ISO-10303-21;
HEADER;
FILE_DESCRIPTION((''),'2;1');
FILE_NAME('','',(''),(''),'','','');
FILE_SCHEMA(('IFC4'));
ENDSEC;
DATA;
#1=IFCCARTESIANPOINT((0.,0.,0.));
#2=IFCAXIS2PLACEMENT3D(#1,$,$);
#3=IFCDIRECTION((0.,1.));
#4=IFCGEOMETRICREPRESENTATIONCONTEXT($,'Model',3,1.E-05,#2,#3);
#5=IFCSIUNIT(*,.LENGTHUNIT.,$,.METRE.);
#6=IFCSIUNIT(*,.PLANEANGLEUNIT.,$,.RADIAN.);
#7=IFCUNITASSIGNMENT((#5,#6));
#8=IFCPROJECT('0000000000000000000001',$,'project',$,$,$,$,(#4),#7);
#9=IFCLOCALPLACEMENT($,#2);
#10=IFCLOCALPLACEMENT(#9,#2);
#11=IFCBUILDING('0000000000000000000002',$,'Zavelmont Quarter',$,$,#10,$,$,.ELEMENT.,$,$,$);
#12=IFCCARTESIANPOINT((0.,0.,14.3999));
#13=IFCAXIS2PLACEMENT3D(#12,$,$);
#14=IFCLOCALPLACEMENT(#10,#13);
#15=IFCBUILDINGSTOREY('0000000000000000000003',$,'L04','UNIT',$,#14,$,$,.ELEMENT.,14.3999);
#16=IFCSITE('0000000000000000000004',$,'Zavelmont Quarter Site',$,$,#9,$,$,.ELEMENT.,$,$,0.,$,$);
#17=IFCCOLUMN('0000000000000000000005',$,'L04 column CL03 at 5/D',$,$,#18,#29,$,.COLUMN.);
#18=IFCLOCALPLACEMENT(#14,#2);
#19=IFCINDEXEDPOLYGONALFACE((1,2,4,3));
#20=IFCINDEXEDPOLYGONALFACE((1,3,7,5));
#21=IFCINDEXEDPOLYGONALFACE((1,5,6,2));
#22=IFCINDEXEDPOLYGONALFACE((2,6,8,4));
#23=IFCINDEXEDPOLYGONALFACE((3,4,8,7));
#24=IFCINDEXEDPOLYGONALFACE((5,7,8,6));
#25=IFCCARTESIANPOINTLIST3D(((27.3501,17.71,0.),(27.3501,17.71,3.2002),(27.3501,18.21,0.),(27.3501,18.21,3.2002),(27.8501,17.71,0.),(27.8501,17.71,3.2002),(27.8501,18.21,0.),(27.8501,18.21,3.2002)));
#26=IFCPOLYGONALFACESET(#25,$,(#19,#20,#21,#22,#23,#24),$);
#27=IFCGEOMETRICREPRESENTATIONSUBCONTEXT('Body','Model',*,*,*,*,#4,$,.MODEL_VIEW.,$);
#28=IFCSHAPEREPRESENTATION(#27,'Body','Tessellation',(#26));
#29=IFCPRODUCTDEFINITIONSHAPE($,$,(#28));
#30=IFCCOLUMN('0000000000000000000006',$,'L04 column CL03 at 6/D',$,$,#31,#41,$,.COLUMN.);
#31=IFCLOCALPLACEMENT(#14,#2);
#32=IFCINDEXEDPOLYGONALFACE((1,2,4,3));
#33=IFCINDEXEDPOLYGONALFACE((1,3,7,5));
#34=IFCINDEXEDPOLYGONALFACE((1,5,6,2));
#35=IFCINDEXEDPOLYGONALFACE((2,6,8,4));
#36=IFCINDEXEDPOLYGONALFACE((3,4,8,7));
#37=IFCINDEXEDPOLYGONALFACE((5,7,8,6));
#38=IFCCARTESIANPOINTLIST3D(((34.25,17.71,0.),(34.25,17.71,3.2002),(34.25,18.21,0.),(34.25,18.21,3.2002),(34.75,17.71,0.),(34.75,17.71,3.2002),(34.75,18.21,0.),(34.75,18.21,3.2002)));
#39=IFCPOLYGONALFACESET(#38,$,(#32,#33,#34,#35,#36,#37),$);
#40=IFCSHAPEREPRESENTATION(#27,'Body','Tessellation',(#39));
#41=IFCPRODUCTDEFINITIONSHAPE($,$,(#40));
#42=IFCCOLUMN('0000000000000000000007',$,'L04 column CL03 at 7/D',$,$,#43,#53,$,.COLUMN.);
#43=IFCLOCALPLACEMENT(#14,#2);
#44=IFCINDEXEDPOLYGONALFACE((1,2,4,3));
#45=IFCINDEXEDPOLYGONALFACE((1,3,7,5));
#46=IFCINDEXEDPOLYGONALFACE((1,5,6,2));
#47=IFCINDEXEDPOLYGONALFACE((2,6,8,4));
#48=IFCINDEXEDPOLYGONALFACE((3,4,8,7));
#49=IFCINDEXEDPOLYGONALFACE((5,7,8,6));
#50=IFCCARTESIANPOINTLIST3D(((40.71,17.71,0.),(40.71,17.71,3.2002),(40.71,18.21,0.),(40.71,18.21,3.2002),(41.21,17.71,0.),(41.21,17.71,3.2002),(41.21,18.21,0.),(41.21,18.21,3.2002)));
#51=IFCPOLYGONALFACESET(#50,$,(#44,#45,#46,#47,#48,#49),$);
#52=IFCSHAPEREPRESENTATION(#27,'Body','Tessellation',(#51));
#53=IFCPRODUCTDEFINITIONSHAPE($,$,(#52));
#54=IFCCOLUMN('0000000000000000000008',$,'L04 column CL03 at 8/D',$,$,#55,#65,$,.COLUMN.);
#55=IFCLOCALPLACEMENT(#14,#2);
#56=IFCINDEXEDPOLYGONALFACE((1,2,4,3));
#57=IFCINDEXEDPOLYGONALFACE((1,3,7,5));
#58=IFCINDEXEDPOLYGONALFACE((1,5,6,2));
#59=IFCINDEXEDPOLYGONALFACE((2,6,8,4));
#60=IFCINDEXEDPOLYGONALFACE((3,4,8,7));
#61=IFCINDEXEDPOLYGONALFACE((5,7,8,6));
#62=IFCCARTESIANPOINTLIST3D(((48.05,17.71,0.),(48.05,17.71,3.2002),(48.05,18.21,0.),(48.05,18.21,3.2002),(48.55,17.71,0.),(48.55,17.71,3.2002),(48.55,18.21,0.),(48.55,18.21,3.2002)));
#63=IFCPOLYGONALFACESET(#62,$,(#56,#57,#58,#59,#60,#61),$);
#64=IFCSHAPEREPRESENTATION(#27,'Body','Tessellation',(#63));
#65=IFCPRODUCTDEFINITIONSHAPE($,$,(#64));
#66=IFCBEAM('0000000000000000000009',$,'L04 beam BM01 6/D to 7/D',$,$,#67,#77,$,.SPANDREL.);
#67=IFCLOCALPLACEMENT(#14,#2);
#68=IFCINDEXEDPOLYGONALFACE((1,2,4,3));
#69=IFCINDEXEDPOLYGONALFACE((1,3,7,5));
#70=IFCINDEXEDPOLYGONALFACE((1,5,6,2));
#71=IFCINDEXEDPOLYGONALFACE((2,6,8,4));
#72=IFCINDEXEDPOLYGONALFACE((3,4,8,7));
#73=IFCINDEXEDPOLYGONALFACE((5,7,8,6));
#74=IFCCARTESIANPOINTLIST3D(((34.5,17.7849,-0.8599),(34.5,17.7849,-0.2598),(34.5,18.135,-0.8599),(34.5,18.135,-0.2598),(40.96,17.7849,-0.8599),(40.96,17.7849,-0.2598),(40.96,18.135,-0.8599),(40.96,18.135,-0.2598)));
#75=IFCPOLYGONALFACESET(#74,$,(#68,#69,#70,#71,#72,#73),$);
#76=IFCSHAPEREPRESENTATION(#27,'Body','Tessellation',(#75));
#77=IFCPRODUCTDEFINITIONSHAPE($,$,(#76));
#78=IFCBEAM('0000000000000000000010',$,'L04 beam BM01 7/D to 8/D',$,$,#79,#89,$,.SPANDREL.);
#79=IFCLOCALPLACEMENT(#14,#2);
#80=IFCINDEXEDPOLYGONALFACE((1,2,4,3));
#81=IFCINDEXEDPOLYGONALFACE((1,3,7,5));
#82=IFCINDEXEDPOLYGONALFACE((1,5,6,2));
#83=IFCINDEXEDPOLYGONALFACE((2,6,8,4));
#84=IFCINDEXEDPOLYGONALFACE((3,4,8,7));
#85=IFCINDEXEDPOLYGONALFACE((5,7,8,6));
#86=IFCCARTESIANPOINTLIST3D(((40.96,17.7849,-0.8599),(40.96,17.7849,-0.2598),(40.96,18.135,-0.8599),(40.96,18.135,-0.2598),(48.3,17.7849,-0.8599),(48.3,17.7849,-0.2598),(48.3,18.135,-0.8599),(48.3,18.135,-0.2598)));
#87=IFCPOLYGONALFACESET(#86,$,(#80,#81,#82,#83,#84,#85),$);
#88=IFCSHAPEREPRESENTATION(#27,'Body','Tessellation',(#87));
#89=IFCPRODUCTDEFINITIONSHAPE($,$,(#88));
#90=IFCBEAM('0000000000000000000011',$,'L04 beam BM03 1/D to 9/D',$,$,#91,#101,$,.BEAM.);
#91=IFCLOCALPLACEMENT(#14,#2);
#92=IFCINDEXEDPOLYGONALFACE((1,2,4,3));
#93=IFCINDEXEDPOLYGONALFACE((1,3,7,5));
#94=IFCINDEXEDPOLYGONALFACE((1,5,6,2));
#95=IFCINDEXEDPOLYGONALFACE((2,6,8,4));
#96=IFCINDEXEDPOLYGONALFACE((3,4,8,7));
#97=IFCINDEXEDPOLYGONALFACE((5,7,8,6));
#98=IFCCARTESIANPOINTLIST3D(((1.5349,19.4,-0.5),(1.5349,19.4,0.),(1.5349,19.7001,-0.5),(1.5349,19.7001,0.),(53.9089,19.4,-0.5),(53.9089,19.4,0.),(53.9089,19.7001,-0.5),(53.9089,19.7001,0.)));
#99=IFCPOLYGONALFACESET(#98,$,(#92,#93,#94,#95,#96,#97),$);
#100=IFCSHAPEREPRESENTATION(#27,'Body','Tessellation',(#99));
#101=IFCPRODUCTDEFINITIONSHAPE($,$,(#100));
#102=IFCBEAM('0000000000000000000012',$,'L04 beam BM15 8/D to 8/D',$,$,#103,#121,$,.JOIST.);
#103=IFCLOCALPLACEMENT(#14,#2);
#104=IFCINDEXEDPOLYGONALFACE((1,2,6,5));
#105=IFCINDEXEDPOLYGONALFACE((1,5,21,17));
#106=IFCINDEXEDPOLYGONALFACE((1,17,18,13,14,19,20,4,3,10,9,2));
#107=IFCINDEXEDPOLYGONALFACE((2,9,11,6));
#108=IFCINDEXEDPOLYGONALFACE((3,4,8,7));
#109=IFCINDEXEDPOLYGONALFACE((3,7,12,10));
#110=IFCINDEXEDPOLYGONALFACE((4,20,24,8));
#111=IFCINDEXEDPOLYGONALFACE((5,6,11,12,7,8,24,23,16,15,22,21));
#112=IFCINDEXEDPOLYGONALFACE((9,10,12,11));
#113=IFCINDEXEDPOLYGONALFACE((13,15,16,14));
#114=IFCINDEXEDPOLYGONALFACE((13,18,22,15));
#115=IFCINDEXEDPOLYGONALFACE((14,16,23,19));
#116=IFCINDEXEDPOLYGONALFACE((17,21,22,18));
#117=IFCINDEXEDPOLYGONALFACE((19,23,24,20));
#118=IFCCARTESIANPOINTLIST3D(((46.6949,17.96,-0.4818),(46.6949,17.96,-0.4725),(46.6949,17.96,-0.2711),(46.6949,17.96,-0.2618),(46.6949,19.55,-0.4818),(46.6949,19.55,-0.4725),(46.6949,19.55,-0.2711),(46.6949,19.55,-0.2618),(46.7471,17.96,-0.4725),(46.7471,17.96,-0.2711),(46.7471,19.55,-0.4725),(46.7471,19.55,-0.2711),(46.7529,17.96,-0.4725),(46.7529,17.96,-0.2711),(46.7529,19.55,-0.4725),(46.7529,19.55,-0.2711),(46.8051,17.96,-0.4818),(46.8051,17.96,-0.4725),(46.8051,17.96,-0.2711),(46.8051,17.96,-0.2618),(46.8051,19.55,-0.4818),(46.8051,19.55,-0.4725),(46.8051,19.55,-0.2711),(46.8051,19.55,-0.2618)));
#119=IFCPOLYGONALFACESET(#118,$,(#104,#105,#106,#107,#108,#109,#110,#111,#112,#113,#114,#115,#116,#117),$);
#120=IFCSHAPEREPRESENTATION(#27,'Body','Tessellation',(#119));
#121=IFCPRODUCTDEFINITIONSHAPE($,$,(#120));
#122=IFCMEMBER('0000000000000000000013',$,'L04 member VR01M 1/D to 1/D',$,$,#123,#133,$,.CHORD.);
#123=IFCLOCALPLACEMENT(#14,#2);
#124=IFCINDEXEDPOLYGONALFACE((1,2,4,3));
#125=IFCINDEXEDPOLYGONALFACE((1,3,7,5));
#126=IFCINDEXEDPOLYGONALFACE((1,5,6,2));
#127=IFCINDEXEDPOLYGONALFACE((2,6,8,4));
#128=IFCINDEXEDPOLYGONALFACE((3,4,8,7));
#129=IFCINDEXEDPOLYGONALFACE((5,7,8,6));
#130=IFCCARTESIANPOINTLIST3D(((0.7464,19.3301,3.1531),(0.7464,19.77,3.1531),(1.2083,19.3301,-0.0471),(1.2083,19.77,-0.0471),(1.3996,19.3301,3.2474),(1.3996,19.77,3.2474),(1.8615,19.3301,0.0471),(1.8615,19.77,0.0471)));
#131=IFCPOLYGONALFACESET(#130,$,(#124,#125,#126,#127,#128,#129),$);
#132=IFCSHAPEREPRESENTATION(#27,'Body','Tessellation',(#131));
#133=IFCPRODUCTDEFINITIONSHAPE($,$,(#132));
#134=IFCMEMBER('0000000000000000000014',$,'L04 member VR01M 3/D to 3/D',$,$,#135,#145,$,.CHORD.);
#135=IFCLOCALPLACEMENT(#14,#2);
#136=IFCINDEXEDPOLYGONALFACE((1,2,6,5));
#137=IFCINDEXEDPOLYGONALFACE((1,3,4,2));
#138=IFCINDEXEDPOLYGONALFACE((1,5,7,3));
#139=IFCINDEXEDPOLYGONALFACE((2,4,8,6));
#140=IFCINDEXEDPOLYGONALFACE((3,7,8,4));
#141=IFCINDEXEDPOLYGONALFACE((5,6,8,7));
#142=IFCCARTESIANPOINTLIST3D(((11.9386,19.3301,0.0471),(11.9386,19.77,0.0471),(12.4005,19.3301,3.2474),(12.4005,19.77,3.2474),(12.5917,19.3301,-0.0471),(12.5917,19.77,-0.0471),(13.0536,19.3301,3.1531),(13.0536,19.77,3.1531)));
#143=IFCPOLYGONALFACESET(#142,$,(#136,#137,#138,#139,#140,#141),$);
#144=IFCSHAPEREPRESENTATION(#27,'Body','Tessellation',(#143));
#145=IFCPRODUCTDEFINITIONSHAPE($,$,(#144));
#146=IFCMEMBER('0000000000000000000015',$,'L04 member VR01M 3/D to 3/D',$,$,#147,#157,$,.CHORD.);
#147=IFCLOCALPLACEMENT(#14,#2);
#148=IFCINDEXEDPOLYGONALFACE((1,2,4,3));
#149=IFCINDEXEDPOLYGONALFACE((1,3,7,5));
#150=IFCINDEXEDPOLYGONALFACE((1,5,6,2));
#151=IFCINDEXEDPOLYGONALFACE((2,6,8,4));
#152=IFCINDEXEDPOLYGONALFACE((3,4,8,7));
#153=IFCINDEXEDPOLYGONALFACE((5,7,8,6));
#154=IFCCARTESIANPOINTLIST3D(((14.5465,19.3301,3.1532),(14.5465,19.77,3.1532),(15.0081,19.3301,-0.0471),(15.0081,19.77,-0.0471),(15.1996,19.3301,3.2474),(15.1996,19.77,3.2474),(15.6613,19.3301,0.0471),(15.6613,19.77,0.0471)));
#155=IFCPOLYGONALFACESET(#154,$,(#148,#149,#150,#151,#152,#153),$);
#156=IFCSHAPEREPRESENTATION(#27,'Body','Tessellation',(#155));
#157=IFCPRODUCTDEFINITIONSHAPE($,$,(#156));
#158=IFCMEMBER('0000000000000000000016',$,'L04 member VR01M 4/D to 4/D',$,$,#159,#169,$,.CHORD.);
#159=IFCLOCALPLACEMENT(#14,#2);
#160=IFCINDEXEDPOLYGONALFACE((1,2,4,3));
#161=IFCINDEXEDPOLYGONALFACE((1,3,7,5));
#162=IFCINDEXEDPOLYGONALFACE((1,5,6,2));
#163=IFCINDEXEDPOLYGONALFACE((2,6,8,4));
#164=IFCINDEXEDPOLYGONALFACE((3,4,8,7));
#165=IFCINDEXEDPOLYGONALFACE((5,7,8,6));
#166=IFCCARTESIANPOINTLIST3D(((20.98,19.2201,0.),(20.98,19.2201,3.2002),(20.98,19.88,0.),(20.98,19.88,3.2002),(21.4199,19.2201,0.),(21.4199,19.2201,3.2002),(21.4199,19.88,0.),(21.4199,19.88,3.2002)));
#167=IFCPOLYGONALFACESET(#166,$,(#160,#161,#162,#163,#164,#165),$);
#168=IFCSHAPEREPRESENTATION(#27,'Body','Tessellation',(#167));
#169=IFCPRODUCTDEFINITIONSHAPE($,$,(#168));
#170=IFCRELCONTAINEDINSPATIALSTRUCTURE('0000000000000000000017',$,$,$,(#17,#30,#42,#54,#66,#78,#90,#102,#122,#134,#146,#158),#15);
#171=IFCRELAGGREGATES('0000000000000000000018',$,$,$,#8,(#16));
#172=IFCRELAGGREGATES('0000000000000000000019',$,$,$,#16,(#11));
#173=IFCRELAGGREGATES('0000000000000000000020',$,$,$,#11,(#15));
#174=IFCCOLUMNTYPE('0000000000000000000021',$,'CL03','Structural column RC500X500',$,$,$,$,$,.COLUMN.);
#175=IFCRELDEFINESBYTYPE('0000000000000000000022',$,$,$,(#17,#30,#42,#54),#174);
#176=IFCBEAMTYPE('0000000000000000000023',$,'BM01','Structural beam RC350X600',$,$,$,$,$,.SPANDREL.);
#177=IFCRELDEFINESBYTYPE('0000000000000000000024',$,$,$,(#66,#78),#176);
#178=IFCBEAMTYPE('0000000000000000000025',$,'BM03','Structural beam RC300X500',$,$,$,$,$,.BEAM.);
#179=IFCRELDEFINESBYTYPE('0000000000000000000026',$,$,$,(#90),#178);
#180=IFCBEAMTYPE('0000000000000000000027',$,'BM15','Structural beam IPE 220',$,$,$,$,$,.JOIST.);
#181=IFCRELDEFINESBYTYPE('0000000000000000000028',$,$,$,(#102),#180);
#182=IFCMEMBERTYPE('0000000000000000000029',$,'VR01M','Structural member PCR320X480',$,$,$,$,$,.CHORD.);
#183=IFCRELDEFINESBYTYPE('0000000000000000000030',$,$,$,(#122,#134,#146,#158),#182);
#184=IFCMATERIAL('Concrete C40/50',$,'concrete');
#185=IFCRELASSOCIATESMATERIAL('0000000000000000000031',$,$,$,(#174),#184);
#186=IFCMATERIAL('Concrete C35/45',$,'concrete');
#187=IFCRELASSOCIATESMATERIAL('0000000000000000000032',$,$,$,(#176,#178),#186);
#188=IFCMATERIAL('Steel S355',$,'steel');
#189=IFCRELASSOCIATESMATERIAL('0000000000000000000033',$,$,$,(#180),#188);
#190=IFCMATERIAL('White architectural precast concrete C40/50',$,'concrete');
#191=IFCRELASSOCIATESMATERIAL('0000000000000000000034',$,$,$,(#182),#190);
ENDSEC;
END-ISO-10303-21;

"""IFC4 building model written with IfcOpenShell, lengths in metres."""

from ifc_helpers import new_model, si_unit, direction, frame, origin, origin_2d, place, context, subcontext, project, spatial, rectangle, i_section, extrude, material, material_profile, profile_set, type_object, element, save


model = new_model("IFC4")

# Units and contexts
model_context = context("Model", 3, precision=1e-05, world=origin(), true_north=direction((0.0, 1.0)))
body_context = subcontext(model_context, "Body", "Model", "MODEL_VIEW")
ifc_project = project(units=[si_unit("LENGTHUNIT", "METRE"), si_unit("PLANEANGLEUNIT", "RADIAN")], contexts=[model_context])

# Site, building, storey
site_placement = place(None, origin())
site = spatial("IfcSite", under=ifc_project, at=site_placement, Name="Zavelmont Quarter Site", CompositionType="ELEMENT", RefElevation=0.0)
building_placement = place(site_placement, origin())
building = spatial("IfcBuilding", under=site, at=building_placement, Name="Zavelmont Quarter", CompositionType="ELEMENT")
storey_placement = place(building_placement, frame((0.0, 0.0, 14.3999)))
storey = spatial("IfcBuildingStorey", under=building, at=storey_placement, Name="L04", Description="UNIT", CompositionType="ELEMENT", Elevation=14.3999)

# Columns
ifc_material_1 = material(Name="Concrete C40/50", Category="concrete")
ifc_material_profile_1 = material_profile(ifc_material_1, rectangle(XDim=0.5, YDim=0.5, at=origin_2d()), Name="RC500X500")
ifc_profile_set_1 = profile_set([ifc_material_profile_1], Name="Concrete C40/50")
column_type = type_object("IfcColumnType", Name="CL03", Description="Structural column RC500X500", PredefinedType="COLUMN", material=ifc_profile_set_1)
for number, where, z_axis, x_axis, name in (
    (1, (27.6001, 17.96, 0.0), (0.0, 0.0, 1.0), (1.0, 0.0, 0.0), "L04 column CL03 at 5/D"),
    (2, (34.5, 17.96, 0.0), (0.0, 0.0, 1.0), (1.0, 0.0, 0.0), "L04 column CL03 at 6/D"),
    (3, (40.96, 17.96, 0.0), (0.0, 0.0, 1.0), (1.0, 0.0, 0.0), "L04 column CL03 at 7/D"),
    (4, (48.3, 17.96, 0.0), (0.0, 0.0, 1.0), (1.0, 0.0, 0.0), "L04 column CL03 at 8/D"),
):
    element("IfcColumn", number, at=place(storey_placement, frame(where, z_axis=z_axis, x_axis=x_axis)), inside=storey, type_object=column_type, Name=name, PredefinedType="COLUMN", context=body_context, shape_type="SweptSolid", body=[
        extrude(rectangle(XDim=0.5, YDim=0.5, at=origin_2d()), origin(), (0.0, 0.0, 1.0), 3.2002),
    ])

# Beams
ifc_material_2 = material(Name="Concrete C35/45", Category="concrete")
ifc_material_profile_2 = material_profile(ifc_material_2, rectangle(XDim=0.3501, YDim=0.6001, at=origin_2d()), Name="RC350X600")
ifc_profile_set_2 = profile_set([ifc_material_profile_2], Name="Concrete C35/45")
beam_type_1 = type_object("IfcBeamType", Name="BM01", Description="Structural beam RC350X600", PredefinedType="SPANDREL", material=ifc_profile_set_2)
beam_1_placement = place(storey_placement, frame((34.5, 17.96, -0.5598), z_axis=(1.0, 0.0, 0.0), x_axis=(0.0, 1.0, 0.0)))
element("IfcBeam", 5, at=beam_1_placement, inside=storey, type_object=beam_type_1, Name="L04 beam BM01 6/D to 7/D", PredefinedType="SPANDREL", context=body_context, shape_type="SweptSolid", body=[
    extrude(rectangle(XDim=0.3501, YDim=0.6001, at=origin_2d()), origin(), (0.0, 0.0, 1.0), 6.46),
])
beam_2_placement = place(storey_placement, frame((40.96, 17.96, -0.5598), z_axis=(1.0, 0.0, 0.0), x_axis=(0.0, 1.0, 0.0)))
element("IfcBeam", 6, at=beam_2_placement, inside=storey, type_object=beam_type_1, Name="L04 beam BM01 7/D to 8/D", PredefinedType="SPANDREL", context=body_context, shape_type="SweptSolid", body=[
    extrude(rectangle(XDim=0.3501, YDim=0.6001, at=origin_2d()), origin(), (0.0, 0.0, 1.0), 7.3401),
])
ifc_material_profile_3 = material_profile(ifc_material_2, rectangle(XDim=0.3, YDim=0.5, at=origin_2d()), Name="RC300X500")
ifc_profile_set_3 = profile_set([ifc_material_profile_3], Name="Concrete C35/45")
beam_type_2 = type_object("IfcBeamType", Name="BM03", Description="Structural beam RC300X500", PredefinedType="BEAM", material=ifc_profile_set_3)
beam_3_placement = place(storey_placement, frame((1.5349, 19.55, -0.25), z_axis=(1.0, 0.0, 0.0), x_axis=(0.0, 1.0, 0.0)))
element("IfcBeam", 7, at=beam_3_placement, inside=storey, type_object=beam_type_2, Name="L04 beam BM03 1/D to 9/D", PredefinedType="BEAM", context=body_context, shape_type="SweptSolid", body=[
    extrude(rectangle(XDim=0.3, YDim=0.5, at=origin_2d()), origin(), (0.0, 0.0, 1.0), 52.374),
])
ifc_material_3 = material(Name="Steel S355", Category="steel")
ifc_material_profile_4 = material_profile(ifc_material_3, i_section(OverallWidth=0.1101, OverallDepth=0.22, WebThickness=0.0059, FlangeThickness=0.0093, at=origin_2d()), Name="IPE 220")
ifc_profile_set_4 = profile_set([ifc_material_profile_4], Name="Steel S355")
beam_type_3 = type_object("IfcBeamType", Name="BM15", Description="Structural beam IPE 220", PredefinedType="JOIST", material=ifc_profile_set_4)
beam_4_placement = place(storey_placement, frame((46.75, 17.96, -0.3718), z_axis=(0.0, 1.0, 0.0), x_axis=(-1.0, 0.0, 0.0)))
element("IfcBeam", 8, at=beam_4_placement, inside=storey, type_object=beam_type_3, Name="L04 beam BM15 8/D to 8/D", PredefinedType="JOIST", context=body_context, shape_type="SweptSolid", body=[
    extrude(i_section(OverallWidth=0.1101, OverallDepth=0.22, WebThickness=0.0059, FlangeThickness=0.0093, at=origin_2d()), origin(), (0.0, 0.0, 1.0), 1.5901),
])

# Members
ifc_material_4 = material(Name="White architectural precast concrete C40/50", Category="concrete")
ifc_material_profile_5 = material_profile(ifc_material_4, rectangle(XDim=0.4399, YDim=0.6599, at=origin_2d()), Name="PCR320X480")
ifc_profile_set_5 = profile_set([ifc_material_profile_5], Name="White architectural precast concrete C40/50")
member_type = type_object("IfcMemberType", Name="VR01M", Description="Structural member PCR320X480", PredefinedType="CHORD", material=ifc_profile_set_5)
for number, where, z_axis, x_axis, name in (
    (9, (1.5349, 19.55, 0.0), (-0.142859, 0.0, 0.989743), (0.0, -1.0, 0.0), "L04 member VR01M 1/D to 1/D"),
    (10, (12.2651, 19.55, 0.0), (0.142859, 0.0, 0.989743), (0.0, 1.0, 0.0), "L04 member VR01M 3/D to 3/D"),
    (11, (15.3347, 19.55, 0.0), (-0.142785, 0.0, 0.989754), (0.0, -1.0, 0.0), "L04 member VR01M 3/D to 3/D"),
):
    element("IfcMember", number, at=place(storey_placement, frame(where, z_axis=z_axis, x_axis=x_axis)), inside=storey, type_object=member_type, Name=name, PredefinedType="CHORD", context=body_context, shape_type="SweptSolid", body=[
        extrude(rectangle(XDim=0.4399, YDim=0.6599, at=origin_2d()), origin(), (0.0, 0.0, 1.0), 3.2334),
    ])
member_placement = place(storey_placement, frame((21.2, 19.55, 0.0), z_axis=(0.0, 0.0, 1.0), x_axis=(1.0, 0.0, 0.0)))
element("IfcMember", 12, at=member_placement, inside=storey, type_object=member_type, Name="L04 member VR01M 4/D to 4/D", PredefinedType="CHORD", context=body_context, shape_type="SweptSolid", body=[
    extrude(rectangle(XDim=0.4399, YDim=0.6599, at=origin_2d()), origin(), (0.0, 0.0, 1.0), 3.2002),
])

save(model, "model.ifc")
